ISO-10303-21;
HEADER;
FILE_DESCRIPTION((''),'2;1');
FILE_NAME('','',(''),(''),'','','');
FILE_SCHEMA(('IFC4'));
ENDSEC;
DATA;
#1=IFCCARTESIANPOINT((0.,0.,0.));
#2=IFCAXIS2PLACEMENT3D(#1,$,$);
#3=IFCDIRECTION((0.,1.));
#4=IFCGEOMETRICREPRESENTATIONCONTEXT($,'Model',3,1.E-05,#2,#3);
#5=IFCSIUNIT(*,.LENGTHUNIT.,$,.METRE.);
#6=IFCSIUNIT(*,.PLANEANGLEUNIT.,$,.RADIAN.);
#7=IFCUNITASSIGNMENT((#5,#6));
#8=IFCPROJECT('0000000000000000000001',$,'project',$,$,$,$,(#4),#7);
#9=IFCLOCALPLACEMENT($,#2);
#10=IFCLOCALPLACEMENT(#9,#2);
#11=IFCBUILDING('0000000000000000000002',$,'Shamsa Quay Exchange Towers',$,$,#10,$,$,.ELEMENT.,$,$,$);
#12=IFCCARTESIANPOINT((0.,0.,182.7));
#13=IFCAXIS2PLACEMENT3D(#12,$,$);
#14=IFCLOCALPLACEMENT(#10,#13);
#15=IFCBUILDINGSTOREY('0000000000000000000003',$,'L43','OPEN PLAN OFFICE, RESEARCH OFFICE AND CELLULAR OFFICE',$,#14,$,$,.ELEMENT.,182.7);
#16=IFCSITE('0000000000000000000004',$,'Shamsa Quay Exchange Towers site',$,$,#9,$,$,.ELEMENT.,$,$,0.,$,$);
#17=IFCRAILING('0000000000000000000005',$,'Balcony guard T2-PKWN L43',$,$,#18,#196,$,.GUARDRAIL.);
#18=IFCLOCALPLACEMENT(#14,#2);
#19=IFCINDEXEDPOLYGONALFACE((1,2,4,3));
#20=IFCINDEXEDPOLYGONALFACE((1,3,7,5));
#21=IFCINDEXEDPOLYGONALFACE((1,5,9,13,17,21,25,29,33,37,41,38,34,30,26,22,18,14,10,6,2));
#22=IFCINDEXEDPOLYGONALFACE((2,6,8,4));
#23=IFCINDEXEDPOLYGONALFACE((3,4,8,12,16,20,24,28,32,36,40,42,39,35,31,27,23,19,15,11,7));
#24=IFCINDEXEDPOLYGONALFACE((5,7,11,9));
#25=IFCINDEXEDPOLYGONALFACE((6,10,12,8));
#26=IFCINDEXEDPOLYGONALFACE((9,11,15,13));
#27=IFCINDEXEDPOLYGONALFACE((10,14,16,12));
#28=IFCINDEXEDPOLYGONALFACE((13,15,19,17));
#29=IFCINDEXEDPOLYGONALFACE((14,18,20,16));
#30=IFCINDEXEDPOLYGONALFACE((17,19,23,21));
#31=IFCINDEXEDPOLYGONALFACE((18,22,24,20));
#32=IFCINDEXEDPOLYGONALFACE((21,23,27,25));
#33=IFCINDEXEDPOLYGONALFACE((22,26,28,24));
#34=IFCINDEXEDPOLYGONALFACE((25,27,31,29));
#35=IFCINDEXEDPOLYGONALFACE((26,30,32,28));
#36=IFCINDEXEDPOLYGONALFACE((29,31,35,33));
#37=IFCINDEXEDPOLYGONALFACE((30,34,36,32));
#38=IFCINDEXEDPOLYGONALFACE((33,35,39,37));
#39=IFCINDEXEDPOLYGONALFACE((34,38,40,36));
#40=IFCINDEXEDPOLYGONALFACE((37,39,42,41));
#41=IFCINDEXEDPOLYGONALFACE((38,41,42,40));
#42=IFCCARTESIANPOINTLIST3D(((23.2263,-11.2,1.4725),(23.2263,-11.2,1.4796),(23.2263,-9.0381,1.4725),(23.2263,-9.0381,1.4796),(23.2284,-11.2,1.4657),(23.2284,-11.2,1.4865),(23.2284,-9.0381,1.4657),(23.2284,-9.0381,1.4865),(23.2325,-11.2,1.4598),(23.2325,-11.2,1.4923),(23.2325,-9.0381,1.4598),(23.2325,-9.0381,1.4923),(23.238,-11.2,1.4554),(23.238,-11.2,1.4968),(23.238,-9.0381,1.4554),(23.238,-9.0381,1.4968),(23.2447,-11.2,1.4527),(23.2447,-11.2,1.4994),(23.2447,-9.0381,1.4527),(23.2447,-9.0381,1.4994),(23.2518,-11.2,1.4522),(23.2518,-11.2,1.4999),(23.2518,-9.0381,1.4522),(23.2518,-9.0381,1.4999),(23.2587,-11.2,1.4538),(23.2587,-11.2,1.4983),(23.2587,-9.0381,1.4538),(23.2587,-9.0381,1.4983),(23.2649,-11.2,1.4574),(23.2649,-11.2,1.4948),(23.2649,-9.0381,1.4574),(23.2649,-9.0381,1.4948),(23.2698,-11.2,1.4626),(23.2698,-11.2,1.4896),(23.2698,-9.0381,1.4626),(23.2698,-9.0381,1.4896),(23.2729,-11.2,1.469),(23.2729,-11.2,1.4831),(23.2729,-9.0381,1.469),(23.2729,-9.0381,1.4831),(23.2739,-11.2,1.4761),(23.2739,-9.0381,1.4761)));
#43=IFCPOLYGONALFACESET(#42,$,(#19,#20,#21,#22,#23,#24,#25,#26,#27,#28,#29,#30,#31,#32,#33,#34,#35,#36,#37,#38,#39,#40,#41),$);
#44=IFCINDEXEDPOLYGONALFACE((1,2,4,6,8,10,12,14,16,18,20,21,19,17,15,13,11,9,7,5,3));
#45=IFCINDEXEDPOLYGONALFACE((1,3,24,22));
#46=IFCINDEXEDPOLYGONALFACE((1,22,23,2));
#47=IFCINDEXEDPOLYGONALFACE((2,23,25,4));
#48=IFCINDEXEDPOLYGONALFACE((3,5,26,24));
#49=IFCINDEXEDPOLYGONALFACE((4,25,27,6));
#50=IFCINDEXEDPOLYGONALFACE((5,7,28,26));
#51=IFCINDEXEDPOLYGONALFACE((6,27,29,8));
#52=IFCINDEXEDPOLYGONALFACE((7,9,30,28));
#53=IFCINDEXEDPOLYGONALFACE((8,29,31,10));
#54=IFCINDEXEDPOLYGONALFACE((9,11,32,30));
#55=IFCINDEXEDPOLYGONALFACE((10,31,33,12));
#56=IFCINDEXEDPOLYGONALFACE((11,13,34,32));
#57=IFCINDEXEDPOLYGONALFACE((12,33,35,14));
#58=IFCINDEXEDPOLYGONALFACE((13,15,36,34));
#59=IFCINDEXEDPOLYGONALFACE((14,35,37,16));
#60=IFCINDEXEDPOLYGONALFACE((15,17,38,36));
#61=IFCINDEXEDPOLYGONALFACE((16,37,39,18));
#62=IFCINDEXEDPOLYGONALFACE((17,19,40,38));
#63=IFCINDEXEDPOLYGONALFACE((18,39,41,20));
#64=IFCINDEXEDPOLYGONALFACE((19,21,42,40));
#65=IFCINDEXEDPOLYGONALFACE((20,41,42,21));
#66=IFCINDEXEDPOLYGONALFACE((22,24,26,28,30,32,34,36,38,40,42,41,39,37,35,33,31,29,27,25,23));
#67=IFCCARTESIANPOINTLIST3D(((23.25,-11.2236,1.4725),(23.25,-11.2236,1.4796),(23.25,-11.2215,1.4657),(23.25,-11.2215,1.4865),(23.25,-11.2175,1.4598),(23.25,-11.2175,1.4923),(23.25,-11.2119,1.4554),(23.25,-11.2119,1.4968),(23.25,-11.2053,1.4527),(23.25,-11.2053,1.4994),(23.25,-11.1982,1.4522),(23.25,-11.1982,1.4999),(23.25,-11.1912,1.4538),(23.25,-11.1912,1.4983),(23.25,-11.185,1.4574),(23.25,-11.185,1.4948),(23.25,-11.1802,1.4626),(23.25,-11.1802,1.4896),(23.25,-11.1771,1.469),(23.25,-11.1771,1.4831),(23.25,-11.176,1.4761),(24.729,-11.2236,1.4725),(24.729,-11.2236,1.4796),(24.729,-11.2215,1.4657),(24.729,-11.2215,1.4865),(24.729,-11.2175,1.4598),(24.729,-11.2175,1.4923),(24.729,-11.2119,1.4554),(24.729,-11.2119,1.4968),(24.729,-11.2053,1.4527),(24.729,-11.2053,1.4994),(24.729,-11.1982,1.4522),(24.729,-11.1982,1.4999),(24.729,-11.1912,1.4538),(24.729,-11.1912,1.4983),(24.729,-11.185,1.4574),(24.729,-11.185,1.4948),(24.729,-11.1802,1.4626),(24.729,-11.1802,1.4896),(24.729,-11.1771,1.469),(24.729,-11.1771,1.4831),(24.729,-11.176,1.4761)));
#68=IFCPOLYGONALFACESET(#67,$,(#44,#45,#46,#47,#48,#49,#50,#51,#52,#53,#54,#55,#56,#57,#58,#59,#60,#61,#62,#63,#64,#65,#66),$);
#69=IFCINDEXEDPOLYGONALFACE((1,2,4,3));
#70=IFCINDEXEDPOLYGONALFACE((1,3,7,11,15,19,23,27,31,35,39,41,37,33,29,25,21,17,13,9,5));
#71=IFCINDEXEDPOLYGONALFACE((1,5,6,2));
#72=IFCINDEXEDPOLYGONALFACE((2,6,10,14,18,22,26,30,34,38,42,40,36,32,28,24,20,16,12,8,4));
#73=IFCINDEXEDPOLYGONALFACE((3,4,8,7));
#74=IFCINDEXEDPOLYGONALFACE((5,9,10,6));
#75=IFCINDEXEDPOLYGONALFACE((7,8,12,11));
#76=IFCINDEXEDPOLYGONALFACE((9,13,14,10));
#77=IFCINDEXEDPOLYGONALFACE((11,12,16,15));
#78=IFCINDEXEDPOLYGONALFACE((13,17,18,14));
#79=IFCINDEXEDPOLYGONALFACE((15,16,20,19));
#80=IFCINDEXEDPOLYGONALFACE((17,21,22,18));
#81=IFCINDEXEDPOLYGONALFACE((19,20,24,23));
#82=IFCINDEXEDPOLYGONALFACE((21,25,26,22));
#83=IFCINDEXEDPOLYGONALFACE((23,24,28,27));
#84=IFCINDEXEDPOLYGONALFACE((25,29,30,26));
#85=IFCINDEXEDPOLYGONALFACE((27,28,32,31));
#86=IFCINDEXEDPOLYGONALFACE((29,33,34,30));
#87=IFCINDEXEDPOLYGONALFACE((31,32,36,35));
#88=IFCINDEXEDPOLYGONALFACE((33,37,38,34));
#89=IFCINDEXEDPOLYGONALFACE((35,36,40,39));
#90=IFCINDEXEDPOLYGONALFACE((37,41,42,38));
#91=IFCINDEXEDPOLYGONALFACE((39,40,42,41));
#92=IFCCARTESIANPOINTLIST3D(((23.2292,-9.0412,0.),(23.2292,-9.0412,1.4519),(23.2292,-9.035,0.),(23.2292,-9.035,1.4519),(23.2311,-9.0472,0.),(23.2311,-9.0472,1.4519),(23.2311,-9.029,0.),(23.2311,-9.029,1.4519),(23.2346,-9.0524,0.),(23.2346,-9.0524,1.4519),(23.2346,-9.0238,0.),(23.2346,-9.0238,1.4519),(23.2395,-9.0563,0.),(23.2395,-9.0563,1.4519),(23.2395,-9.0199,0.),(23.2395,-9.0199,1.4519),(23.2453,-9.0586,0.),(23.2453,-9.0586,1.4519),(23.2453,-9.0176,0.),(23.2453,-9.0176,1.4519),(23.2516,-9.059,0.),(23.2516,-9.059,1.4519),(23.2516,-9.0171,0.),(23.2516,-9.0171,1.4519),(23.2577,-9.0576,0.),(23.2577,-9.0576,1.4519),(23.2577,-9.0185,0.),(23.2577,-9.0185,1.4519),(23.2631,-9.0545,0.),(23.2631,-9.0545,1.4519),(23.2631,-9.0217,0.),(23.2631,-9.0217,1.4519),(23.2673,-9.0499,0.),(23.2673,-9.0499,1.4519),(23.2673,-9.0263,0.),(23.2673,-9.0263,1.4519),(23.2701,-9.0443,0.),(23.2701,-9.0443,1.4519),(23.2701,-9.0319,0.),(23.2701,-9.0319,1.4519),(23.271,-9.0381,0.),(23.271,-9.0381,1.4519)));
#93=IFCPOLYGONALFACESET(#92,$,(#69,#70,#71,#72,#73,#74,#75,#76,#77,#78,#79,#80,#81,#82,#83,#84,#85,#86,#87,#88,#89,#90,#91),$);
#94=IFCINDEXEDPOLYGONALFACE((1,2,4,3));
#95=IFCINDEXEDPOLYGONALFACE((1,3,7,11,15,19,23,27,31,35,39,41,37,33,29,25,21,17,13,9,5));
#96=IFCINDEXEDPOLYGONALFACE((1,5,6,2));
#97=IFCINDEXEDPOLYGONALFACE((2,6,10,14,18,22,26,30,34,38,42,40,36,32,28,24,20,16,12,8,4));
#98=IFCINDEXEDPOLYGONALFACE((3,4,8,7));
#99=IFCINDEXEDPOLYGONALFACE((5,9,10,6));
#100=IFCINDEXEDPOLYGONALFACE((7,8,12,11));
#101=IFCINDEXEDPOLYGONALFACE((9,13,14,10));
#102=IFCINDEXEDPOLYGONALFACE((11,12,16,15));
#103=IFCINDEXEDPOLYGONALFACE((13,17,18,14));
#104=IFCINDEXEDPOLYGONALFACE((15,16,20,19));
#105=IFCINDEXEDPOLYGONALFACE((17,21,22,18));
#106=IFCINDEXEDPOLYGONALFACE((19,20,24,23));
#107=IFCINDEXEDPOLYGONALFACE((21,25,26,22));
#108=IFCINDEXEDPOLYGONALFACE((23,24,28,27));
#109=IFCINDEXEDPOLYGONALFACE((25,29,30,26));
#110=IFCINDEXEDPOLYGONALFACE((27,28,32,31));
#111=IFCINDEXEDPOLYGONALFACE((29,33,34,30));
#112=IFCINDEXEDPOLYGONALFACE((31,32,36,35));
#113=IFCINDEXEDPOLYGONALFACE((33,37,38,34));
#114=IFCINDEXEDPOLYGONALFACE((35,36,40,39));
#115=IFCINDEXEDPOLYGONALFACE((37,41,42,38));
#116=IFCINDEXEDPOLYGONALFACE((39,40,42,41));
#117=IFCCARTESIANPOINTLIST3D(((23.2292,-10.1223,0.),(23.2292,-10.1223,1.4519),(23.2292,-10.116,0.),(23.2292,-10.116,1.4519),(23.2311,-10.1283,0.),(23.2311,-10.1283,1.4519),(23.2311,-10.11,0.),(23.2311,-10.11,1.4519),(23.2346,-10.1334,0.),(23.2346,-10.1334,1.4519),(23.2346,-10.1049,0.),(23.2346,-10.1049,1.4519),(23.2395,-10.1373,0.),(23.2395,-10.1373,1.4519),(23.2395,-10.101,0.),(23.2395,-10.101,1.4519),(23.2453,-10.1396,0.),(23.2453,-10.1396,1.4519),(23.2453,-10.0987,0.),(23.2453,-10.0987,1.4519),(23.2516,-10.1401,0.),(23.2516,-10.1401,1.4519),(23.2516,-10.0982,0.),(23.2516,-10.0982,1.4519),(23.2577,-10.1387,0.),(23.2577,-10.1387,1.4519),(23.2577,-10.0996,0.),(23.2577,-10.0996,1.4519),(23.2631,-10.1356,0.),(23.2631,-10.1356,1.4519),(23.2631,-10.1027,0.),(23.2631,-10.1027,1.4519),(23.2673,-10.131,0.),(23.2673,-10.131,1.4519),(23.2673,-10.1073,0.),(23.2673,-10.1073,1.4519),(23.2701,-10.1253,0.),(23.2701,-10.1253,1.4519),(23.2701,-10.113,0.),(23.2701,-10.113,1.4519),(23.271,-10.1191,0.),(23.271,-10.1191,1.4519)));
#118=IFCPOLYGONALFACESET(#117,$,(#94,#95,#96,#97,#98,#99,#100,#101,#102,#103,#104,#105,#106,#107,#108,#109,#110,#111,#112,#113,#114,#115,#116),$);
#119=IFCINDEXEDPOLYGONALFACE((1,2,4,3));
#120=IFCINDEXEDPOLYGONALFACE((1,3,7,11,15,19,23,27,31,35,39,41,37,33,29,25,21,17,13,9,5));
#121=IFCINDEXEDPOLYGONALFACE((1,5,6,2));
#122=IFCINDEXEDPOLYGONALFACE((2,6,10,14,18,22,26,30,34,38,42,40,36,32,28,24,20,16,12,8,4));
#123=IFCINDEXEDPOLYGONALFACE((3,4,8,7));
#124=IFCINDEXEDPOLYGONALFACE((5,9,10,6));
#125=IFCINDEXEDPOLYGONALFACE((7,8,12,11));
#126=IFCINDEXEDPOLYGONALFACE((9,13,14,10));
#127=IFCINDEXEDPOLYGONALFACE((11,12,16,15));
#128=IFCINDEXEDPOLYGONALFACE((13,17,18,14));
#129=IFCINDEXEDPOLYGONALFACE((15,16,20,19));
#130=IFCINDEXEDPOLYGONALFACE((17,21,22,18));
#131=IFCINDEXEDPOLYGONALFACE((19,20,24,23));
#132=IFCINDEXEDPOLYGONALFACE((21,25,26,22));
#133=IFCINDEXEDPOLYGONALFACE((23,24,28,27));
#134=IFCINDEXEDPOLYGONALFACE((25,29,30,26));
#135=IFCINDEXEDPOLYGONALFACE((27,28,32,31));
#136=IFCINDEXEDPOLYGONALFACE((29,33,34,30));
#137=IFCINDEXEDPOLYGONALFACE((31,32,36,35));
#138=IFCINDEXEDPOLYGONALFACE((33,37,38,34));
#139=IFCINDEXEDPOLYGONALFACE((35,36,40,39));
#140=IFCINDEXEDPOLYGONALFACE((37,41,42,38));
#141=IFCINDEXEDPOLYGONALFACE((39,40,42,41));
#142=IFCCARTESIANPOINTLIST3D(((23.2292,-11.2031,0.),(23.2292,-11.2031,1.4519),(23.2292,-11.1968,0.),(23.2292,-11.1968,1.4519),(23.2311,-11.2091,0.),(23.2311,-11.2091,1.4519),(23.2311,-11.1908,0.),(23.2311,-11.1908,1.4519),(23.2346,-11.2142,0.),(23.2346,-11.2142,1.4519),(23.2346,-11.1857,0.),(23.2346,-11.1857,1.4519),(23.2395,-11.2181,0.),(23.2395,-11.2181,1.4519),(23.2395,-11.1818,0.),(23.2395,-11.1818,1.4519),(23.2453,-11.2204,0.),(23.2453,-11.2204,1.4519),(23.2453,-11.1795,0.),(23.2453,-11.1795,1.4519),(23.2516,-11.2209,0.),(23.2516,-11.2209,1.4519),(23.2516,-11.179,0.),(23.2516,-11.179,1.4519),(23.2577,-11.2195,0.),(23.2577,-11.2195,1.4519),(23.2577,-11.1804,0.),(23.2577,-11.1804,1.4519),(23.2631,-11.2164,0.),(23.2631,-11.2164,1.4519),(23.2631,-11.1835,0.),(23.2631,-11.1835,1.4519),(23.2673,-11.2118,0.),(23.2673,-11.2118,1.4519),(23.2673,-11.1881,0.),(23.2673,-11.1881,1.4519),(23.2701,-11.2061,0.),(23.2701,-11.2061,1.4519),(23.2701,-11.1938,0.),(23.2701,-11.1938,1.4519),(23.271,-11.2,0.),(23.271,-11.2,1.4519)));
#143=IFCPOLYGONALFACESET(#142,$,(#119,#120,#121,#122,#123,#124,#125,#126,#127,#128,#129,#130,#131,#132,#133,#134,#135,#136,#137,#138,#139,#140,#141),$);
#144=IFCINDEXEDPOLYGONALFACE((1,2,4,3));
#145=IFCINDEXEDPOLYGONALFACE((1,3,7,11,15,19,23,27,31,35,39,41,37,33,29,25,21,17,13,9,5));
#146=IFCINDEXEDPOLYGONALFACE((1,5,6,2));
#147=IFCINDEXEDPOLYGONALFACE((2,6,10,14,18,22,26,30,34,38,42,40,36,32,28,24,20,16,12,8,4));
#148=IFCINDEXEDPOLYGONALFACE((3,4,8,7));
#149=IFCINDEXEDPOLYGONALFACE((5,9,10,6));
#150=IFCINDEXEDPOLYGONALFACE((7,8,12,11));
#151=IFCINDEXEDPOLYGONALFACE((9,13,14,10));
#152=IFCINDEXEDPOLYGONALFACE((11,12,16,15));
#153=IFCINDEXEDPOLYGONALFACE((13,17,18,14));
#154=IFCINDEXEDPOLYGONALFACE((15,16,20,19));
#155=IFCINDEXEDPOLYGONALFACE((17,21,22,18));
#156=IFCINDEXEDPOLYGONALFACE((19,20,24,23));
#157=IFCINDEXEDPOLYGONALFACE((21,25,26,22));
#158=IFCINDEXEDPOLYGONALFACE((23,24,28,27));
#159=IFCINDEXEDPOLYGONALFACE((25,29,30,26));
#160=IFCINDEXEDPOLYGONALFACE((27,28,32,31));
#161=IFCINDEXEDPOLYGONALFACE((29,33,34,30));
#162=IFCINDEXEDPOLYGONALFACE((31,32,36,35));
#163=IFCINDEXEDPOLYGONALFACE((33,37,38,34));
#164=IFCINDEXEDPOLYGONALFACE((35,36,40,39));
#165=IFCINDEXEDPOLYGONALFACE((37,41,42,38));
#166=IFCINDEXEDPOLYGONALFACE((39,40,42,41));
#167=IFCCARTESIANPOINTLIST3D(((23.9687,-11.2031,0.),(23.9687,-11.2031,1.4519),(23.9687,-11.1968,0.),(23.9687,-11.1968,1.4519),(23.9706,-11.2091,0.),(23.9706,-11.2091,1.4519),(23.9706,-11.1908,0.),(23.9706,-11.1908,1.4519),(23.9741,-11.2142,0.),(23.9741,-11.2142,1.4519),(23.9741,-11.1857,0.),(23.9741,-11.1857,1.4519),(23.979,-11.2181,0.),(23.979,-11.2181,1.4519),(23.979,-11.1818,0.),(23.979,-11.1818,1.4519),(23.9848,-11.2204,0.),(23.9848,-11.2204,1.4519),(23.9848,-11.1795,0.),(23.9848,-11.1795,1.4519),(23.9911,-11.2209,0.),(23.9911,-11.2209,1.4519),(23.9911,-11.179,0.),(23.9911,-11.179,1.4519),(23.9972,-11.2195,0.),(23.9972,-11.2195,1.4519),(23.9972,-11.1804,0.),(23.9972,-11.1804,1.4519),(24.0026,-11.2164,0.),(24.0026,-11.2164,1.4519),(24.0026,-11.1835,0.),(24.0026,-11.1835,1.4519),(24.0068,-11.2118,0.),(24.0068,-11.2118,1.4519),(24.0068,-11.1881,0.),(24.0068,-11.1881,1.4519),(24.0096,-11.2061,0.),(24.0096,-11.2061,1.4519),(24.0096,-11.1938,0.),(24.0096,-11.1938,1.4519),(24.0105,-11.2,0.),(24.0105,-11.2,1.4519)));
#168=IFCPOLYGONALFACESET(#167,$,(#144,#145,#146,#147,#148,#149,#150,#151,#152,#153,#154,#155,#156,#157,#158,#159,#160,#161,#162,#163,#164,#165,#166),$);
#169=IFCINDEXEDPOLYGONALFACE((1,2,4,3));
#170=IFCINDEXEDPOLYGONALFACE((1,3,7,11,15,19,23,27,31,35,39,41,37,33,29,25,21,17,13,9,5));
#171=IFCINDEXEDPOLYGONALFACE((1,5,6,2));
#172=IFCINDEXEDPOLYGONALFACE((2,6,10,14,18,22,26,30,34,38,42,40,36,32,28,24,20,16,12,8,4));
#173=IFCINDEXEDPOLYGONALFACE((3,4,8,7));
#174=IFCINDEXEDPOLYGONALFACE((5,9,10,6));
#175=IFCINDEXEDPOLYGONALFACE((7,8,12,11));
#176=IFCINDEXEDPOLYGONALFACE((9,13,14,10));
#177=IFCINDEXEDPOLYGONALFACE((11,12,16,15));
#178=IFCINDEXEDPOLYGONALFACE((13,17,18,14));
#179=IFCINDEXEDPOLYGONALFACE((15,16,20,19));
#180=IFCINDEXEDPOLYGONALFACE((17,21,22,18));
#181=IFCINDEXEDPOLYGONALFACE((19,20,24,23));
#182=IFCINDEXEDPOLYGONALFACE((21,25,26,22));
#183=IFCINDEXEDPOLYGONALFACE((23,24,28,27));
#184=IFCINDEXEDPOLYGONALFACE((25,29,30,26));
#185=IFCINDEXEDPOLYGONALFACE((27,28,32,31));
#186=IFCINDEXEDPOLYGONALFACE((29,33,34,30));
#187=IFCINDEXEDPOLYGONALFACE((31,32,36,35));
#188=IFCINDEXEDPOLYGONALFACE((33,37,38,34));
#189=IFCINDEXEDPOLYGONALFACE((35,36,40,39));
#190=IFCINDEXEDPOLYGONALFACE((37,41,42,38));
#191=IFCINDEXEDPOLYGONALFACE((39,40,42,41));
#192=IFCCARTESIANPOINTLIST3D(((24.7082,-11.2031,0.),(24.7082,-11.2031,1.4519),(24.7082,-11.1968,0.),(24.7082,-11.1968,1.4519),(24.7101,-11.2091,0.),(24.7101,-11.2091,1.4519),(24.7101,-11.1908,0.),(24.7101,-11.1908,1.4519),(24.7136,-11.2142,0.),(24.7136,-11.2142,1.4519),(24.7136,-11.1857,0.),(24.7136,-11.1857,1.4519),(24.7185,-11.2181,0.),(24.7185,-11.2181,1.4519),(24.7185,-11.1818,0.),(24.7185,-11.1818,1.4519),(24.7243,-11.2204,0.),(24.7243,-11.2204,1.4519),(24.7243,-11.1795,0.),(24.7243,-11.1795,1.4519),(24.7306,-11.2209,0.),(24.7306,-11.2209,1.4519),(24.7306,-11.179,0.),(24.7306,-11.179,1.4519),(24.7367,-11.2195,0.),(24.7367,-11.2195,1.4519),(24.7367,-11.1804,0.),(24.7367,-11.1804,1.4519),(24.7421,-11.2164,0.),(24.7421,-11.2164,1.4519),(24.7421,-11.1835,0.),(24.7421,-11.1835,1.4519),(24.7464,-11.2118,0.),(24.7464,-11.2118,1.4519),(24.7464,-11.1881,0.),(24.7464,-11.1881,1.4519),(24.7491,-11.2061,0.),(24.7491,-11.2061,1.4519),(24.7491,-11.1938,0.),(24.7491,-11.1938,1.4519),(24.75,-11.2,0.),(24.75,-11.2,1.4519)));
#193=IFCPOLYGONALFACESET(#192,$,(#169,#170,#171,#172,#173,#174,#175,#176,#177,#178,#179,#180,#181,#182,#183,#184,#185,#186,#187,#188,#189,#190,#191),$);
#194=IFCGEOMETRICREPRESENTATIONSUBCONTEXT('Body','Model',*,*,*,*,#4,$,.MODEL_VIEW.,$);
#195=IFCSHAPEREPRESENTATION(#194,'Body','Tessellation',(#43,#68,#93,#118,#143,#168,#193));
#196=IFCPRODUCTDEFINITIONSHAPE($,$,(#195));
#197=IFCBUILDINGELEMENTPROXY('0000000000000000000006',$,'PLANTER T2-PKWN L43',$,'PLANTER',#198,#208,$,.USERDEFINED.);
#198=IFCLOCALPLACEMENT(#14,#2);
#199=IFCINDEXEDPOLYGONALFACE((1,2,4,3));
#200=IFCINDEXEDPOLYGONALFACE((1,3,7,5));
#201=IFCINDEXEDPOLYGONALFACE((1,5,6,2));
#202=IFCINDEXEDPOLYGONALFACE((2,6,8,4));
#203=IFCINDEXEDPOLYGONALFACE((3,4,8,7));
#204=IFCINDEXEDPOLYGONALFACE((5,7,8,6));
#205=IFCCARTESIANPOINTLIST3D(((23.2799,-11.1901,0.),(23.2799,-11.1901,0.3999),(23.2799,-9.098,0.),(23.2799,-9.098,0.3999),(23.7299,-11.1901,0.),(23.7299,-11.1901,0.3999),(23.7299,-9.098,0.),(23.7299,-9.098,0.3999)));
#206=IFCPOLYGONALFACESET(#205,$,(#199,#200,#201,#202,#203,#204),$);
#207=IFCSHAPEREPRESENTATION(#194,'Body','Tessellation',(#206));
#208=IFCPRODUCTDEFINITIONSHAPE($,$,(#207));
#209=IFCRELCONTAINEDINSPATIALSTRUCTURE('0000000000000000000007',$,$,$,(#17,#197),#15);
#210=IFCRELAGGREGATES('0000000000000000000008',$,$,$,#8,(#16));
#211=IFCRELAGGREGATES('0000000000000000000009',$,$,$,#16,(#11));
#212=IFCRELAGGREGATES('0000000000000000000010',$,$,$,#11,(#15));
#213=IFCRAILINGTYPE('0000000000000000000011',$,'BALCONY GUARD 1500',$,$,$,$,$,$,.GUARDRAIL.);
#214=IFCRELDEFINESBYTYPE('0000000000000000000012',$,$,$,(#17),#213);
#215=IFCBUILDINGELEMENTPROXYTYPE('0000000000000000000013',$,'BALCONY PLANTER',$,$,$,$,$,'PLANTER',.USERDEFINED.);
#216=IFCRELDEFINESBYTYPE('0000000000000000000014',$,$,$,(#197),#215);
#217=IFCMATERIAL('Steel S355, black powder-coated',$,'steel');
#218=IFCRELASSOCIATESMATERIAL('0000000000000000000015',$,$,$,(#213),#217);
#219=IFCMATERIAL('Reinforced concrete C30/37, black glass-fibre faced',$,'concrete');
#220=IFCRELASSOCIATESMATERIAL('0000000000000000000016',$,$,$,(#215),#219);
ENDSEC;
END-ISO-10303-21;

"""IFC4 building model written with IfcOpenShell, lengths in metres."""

from ifc_helpers import new_model, si_unit, direction, frame, origin, origin_2d, place, context, subcontext, project, spatial, rectangle, circle, extrude, material, type_object, element, save


model = new_model("IFC4")

# Units and contexts
model_context = context("Model", 3, precision=1e-05, world=origin(), true_north=direction((0.0, 1.0)))
body_context = subcontext(model_context, "Body", "Model", "MODEL_VIEW")
ifc_project = project(units=[si_unit("LENGTHUNIT", "METRE"), si_unit("PLANEANGLEUNIT", "RADIAN")], contexts=[model_context])

# Site, building, storey
site_placement = place(None, origin())
site = spatial("IfcSite", under=ifc_project, at=site_placement, Name="Shamsa Quay Exchange Towers site", CompositionType="ELEMENT", RefElevation=0.0)
building_placement = place(site_placement, origin())
building = spatial("IfcBuilding", under=site, at=building_placement, Name="Shamsa Quay Exchange Towers", CompositionType="ELEMENT")
storey_placement = place(building_placement, frame((0.0, 0.0, 182.7)))
storey = spatial("IfcBuildingStorey", under=building, at=storey_placement, Name="L43", Description="OPEN PLAN OFFICE, RESEARCH OFFICE AND CELLULAR OFFICE", CompositionType="ELEMENT", Elevation=182.7)

# Railing
ifc_material_1 = material(Name="Steel S355, black powder-coated", Category="steel")
railing_type = type_object("IfcRailingType", Name="BALCONY GUARD 1500", PredefinedType="GUARDRAIL", material=ifc_material_1)
railing_placement = place(storey_placement, frame((23.25, -9.0381, 0.0)))
element("IfcRailing", 1, at=railing_placement, inside=storey, type_object=railing_type, Name="Balcony guard T2-PKWN L43", PredefinedType="GUARDRAIL", context=body_context, shape_type="SweptSolid", body=[
    extrude(circle(Radius=0.0239, at=origin_2d()), frame((0.0, 0.0, 1.4761), z_axis=(0.0, -1.0, 0.0), x_axis=(1.0, 0.0, 0.0)), (0.0, 0.0, 1.0), 2.1619),
    extrude(circle(Radius=0.0239, at=origin_2d()), frame((0.0, -2.1619, 1.4761), z_axis=(1.0, 0.0, 0.0), x_axis=(0.0, 1.0, 0.0)), (0.0, 0.0, 1.0), 1.479),
    extrude(circle(Radius=0.021, at=origin_2d()), origin(), (0.0, 0.0, 1.0), 1.4519),
    extrude(circle(Radius=0.021, at=origin_2d()), frame((0.0, -1.0811, 0.0)), (0.0, 0.0, 1.0), 1.4519),
    extrude(circle(Radius=0.021, at=origin_2d()), frame((0.0, -2.1619, 0.0)), (0.0, 0.0, 1.0), 1.4519),
    extrude(circle(Radius=0.021, at=origin_2d()), frame((0.7395, -2.1619, 0.0)), (0.0, 0.0, 1.0), 1.4519),
    extrude(circle(Radius=0.021, at=origin_2d()), frame((1.479, -2.1619, 0.0)), (0.0, 0.0, 1.0), 1.4519),
])

# Building element proxy
ifc_material_2 = material(Name="Reinforced concrete C30/37, black glass-fibre faced", Category="concrete")
building_element_proxy_type = type_object("IfcBuildingElementProxyType", Name="BALCONY PLANTER", ElementType="PLANTER", PredefinedType="USERDEFINED", material=ifc_material_2)
proxy_placement = place(storey_placement, frame((23.5049, -10.144, 0.0), z_axis=(0.0, 0.0, 1.0), x_axis=(0.0, -1.0, 0.0)))
element("IfcBuildingElementProxy", 2, at=proxy_placement, inside=storey, type_object=building_element_proxy_type, Name="PLANTER T2-PKWN L43", ObjectType="PLANTER", PredefinedType="USERDEFINED", context=body_context, shape_type="SweptSolid", body=[
    extrude(rectangle(XDim=2.092, YDim=0.45, at=origin_2d()), origin(), (0.0, 0.0, 1.0), 0.3999),
])

save(model, "model.ifc")
